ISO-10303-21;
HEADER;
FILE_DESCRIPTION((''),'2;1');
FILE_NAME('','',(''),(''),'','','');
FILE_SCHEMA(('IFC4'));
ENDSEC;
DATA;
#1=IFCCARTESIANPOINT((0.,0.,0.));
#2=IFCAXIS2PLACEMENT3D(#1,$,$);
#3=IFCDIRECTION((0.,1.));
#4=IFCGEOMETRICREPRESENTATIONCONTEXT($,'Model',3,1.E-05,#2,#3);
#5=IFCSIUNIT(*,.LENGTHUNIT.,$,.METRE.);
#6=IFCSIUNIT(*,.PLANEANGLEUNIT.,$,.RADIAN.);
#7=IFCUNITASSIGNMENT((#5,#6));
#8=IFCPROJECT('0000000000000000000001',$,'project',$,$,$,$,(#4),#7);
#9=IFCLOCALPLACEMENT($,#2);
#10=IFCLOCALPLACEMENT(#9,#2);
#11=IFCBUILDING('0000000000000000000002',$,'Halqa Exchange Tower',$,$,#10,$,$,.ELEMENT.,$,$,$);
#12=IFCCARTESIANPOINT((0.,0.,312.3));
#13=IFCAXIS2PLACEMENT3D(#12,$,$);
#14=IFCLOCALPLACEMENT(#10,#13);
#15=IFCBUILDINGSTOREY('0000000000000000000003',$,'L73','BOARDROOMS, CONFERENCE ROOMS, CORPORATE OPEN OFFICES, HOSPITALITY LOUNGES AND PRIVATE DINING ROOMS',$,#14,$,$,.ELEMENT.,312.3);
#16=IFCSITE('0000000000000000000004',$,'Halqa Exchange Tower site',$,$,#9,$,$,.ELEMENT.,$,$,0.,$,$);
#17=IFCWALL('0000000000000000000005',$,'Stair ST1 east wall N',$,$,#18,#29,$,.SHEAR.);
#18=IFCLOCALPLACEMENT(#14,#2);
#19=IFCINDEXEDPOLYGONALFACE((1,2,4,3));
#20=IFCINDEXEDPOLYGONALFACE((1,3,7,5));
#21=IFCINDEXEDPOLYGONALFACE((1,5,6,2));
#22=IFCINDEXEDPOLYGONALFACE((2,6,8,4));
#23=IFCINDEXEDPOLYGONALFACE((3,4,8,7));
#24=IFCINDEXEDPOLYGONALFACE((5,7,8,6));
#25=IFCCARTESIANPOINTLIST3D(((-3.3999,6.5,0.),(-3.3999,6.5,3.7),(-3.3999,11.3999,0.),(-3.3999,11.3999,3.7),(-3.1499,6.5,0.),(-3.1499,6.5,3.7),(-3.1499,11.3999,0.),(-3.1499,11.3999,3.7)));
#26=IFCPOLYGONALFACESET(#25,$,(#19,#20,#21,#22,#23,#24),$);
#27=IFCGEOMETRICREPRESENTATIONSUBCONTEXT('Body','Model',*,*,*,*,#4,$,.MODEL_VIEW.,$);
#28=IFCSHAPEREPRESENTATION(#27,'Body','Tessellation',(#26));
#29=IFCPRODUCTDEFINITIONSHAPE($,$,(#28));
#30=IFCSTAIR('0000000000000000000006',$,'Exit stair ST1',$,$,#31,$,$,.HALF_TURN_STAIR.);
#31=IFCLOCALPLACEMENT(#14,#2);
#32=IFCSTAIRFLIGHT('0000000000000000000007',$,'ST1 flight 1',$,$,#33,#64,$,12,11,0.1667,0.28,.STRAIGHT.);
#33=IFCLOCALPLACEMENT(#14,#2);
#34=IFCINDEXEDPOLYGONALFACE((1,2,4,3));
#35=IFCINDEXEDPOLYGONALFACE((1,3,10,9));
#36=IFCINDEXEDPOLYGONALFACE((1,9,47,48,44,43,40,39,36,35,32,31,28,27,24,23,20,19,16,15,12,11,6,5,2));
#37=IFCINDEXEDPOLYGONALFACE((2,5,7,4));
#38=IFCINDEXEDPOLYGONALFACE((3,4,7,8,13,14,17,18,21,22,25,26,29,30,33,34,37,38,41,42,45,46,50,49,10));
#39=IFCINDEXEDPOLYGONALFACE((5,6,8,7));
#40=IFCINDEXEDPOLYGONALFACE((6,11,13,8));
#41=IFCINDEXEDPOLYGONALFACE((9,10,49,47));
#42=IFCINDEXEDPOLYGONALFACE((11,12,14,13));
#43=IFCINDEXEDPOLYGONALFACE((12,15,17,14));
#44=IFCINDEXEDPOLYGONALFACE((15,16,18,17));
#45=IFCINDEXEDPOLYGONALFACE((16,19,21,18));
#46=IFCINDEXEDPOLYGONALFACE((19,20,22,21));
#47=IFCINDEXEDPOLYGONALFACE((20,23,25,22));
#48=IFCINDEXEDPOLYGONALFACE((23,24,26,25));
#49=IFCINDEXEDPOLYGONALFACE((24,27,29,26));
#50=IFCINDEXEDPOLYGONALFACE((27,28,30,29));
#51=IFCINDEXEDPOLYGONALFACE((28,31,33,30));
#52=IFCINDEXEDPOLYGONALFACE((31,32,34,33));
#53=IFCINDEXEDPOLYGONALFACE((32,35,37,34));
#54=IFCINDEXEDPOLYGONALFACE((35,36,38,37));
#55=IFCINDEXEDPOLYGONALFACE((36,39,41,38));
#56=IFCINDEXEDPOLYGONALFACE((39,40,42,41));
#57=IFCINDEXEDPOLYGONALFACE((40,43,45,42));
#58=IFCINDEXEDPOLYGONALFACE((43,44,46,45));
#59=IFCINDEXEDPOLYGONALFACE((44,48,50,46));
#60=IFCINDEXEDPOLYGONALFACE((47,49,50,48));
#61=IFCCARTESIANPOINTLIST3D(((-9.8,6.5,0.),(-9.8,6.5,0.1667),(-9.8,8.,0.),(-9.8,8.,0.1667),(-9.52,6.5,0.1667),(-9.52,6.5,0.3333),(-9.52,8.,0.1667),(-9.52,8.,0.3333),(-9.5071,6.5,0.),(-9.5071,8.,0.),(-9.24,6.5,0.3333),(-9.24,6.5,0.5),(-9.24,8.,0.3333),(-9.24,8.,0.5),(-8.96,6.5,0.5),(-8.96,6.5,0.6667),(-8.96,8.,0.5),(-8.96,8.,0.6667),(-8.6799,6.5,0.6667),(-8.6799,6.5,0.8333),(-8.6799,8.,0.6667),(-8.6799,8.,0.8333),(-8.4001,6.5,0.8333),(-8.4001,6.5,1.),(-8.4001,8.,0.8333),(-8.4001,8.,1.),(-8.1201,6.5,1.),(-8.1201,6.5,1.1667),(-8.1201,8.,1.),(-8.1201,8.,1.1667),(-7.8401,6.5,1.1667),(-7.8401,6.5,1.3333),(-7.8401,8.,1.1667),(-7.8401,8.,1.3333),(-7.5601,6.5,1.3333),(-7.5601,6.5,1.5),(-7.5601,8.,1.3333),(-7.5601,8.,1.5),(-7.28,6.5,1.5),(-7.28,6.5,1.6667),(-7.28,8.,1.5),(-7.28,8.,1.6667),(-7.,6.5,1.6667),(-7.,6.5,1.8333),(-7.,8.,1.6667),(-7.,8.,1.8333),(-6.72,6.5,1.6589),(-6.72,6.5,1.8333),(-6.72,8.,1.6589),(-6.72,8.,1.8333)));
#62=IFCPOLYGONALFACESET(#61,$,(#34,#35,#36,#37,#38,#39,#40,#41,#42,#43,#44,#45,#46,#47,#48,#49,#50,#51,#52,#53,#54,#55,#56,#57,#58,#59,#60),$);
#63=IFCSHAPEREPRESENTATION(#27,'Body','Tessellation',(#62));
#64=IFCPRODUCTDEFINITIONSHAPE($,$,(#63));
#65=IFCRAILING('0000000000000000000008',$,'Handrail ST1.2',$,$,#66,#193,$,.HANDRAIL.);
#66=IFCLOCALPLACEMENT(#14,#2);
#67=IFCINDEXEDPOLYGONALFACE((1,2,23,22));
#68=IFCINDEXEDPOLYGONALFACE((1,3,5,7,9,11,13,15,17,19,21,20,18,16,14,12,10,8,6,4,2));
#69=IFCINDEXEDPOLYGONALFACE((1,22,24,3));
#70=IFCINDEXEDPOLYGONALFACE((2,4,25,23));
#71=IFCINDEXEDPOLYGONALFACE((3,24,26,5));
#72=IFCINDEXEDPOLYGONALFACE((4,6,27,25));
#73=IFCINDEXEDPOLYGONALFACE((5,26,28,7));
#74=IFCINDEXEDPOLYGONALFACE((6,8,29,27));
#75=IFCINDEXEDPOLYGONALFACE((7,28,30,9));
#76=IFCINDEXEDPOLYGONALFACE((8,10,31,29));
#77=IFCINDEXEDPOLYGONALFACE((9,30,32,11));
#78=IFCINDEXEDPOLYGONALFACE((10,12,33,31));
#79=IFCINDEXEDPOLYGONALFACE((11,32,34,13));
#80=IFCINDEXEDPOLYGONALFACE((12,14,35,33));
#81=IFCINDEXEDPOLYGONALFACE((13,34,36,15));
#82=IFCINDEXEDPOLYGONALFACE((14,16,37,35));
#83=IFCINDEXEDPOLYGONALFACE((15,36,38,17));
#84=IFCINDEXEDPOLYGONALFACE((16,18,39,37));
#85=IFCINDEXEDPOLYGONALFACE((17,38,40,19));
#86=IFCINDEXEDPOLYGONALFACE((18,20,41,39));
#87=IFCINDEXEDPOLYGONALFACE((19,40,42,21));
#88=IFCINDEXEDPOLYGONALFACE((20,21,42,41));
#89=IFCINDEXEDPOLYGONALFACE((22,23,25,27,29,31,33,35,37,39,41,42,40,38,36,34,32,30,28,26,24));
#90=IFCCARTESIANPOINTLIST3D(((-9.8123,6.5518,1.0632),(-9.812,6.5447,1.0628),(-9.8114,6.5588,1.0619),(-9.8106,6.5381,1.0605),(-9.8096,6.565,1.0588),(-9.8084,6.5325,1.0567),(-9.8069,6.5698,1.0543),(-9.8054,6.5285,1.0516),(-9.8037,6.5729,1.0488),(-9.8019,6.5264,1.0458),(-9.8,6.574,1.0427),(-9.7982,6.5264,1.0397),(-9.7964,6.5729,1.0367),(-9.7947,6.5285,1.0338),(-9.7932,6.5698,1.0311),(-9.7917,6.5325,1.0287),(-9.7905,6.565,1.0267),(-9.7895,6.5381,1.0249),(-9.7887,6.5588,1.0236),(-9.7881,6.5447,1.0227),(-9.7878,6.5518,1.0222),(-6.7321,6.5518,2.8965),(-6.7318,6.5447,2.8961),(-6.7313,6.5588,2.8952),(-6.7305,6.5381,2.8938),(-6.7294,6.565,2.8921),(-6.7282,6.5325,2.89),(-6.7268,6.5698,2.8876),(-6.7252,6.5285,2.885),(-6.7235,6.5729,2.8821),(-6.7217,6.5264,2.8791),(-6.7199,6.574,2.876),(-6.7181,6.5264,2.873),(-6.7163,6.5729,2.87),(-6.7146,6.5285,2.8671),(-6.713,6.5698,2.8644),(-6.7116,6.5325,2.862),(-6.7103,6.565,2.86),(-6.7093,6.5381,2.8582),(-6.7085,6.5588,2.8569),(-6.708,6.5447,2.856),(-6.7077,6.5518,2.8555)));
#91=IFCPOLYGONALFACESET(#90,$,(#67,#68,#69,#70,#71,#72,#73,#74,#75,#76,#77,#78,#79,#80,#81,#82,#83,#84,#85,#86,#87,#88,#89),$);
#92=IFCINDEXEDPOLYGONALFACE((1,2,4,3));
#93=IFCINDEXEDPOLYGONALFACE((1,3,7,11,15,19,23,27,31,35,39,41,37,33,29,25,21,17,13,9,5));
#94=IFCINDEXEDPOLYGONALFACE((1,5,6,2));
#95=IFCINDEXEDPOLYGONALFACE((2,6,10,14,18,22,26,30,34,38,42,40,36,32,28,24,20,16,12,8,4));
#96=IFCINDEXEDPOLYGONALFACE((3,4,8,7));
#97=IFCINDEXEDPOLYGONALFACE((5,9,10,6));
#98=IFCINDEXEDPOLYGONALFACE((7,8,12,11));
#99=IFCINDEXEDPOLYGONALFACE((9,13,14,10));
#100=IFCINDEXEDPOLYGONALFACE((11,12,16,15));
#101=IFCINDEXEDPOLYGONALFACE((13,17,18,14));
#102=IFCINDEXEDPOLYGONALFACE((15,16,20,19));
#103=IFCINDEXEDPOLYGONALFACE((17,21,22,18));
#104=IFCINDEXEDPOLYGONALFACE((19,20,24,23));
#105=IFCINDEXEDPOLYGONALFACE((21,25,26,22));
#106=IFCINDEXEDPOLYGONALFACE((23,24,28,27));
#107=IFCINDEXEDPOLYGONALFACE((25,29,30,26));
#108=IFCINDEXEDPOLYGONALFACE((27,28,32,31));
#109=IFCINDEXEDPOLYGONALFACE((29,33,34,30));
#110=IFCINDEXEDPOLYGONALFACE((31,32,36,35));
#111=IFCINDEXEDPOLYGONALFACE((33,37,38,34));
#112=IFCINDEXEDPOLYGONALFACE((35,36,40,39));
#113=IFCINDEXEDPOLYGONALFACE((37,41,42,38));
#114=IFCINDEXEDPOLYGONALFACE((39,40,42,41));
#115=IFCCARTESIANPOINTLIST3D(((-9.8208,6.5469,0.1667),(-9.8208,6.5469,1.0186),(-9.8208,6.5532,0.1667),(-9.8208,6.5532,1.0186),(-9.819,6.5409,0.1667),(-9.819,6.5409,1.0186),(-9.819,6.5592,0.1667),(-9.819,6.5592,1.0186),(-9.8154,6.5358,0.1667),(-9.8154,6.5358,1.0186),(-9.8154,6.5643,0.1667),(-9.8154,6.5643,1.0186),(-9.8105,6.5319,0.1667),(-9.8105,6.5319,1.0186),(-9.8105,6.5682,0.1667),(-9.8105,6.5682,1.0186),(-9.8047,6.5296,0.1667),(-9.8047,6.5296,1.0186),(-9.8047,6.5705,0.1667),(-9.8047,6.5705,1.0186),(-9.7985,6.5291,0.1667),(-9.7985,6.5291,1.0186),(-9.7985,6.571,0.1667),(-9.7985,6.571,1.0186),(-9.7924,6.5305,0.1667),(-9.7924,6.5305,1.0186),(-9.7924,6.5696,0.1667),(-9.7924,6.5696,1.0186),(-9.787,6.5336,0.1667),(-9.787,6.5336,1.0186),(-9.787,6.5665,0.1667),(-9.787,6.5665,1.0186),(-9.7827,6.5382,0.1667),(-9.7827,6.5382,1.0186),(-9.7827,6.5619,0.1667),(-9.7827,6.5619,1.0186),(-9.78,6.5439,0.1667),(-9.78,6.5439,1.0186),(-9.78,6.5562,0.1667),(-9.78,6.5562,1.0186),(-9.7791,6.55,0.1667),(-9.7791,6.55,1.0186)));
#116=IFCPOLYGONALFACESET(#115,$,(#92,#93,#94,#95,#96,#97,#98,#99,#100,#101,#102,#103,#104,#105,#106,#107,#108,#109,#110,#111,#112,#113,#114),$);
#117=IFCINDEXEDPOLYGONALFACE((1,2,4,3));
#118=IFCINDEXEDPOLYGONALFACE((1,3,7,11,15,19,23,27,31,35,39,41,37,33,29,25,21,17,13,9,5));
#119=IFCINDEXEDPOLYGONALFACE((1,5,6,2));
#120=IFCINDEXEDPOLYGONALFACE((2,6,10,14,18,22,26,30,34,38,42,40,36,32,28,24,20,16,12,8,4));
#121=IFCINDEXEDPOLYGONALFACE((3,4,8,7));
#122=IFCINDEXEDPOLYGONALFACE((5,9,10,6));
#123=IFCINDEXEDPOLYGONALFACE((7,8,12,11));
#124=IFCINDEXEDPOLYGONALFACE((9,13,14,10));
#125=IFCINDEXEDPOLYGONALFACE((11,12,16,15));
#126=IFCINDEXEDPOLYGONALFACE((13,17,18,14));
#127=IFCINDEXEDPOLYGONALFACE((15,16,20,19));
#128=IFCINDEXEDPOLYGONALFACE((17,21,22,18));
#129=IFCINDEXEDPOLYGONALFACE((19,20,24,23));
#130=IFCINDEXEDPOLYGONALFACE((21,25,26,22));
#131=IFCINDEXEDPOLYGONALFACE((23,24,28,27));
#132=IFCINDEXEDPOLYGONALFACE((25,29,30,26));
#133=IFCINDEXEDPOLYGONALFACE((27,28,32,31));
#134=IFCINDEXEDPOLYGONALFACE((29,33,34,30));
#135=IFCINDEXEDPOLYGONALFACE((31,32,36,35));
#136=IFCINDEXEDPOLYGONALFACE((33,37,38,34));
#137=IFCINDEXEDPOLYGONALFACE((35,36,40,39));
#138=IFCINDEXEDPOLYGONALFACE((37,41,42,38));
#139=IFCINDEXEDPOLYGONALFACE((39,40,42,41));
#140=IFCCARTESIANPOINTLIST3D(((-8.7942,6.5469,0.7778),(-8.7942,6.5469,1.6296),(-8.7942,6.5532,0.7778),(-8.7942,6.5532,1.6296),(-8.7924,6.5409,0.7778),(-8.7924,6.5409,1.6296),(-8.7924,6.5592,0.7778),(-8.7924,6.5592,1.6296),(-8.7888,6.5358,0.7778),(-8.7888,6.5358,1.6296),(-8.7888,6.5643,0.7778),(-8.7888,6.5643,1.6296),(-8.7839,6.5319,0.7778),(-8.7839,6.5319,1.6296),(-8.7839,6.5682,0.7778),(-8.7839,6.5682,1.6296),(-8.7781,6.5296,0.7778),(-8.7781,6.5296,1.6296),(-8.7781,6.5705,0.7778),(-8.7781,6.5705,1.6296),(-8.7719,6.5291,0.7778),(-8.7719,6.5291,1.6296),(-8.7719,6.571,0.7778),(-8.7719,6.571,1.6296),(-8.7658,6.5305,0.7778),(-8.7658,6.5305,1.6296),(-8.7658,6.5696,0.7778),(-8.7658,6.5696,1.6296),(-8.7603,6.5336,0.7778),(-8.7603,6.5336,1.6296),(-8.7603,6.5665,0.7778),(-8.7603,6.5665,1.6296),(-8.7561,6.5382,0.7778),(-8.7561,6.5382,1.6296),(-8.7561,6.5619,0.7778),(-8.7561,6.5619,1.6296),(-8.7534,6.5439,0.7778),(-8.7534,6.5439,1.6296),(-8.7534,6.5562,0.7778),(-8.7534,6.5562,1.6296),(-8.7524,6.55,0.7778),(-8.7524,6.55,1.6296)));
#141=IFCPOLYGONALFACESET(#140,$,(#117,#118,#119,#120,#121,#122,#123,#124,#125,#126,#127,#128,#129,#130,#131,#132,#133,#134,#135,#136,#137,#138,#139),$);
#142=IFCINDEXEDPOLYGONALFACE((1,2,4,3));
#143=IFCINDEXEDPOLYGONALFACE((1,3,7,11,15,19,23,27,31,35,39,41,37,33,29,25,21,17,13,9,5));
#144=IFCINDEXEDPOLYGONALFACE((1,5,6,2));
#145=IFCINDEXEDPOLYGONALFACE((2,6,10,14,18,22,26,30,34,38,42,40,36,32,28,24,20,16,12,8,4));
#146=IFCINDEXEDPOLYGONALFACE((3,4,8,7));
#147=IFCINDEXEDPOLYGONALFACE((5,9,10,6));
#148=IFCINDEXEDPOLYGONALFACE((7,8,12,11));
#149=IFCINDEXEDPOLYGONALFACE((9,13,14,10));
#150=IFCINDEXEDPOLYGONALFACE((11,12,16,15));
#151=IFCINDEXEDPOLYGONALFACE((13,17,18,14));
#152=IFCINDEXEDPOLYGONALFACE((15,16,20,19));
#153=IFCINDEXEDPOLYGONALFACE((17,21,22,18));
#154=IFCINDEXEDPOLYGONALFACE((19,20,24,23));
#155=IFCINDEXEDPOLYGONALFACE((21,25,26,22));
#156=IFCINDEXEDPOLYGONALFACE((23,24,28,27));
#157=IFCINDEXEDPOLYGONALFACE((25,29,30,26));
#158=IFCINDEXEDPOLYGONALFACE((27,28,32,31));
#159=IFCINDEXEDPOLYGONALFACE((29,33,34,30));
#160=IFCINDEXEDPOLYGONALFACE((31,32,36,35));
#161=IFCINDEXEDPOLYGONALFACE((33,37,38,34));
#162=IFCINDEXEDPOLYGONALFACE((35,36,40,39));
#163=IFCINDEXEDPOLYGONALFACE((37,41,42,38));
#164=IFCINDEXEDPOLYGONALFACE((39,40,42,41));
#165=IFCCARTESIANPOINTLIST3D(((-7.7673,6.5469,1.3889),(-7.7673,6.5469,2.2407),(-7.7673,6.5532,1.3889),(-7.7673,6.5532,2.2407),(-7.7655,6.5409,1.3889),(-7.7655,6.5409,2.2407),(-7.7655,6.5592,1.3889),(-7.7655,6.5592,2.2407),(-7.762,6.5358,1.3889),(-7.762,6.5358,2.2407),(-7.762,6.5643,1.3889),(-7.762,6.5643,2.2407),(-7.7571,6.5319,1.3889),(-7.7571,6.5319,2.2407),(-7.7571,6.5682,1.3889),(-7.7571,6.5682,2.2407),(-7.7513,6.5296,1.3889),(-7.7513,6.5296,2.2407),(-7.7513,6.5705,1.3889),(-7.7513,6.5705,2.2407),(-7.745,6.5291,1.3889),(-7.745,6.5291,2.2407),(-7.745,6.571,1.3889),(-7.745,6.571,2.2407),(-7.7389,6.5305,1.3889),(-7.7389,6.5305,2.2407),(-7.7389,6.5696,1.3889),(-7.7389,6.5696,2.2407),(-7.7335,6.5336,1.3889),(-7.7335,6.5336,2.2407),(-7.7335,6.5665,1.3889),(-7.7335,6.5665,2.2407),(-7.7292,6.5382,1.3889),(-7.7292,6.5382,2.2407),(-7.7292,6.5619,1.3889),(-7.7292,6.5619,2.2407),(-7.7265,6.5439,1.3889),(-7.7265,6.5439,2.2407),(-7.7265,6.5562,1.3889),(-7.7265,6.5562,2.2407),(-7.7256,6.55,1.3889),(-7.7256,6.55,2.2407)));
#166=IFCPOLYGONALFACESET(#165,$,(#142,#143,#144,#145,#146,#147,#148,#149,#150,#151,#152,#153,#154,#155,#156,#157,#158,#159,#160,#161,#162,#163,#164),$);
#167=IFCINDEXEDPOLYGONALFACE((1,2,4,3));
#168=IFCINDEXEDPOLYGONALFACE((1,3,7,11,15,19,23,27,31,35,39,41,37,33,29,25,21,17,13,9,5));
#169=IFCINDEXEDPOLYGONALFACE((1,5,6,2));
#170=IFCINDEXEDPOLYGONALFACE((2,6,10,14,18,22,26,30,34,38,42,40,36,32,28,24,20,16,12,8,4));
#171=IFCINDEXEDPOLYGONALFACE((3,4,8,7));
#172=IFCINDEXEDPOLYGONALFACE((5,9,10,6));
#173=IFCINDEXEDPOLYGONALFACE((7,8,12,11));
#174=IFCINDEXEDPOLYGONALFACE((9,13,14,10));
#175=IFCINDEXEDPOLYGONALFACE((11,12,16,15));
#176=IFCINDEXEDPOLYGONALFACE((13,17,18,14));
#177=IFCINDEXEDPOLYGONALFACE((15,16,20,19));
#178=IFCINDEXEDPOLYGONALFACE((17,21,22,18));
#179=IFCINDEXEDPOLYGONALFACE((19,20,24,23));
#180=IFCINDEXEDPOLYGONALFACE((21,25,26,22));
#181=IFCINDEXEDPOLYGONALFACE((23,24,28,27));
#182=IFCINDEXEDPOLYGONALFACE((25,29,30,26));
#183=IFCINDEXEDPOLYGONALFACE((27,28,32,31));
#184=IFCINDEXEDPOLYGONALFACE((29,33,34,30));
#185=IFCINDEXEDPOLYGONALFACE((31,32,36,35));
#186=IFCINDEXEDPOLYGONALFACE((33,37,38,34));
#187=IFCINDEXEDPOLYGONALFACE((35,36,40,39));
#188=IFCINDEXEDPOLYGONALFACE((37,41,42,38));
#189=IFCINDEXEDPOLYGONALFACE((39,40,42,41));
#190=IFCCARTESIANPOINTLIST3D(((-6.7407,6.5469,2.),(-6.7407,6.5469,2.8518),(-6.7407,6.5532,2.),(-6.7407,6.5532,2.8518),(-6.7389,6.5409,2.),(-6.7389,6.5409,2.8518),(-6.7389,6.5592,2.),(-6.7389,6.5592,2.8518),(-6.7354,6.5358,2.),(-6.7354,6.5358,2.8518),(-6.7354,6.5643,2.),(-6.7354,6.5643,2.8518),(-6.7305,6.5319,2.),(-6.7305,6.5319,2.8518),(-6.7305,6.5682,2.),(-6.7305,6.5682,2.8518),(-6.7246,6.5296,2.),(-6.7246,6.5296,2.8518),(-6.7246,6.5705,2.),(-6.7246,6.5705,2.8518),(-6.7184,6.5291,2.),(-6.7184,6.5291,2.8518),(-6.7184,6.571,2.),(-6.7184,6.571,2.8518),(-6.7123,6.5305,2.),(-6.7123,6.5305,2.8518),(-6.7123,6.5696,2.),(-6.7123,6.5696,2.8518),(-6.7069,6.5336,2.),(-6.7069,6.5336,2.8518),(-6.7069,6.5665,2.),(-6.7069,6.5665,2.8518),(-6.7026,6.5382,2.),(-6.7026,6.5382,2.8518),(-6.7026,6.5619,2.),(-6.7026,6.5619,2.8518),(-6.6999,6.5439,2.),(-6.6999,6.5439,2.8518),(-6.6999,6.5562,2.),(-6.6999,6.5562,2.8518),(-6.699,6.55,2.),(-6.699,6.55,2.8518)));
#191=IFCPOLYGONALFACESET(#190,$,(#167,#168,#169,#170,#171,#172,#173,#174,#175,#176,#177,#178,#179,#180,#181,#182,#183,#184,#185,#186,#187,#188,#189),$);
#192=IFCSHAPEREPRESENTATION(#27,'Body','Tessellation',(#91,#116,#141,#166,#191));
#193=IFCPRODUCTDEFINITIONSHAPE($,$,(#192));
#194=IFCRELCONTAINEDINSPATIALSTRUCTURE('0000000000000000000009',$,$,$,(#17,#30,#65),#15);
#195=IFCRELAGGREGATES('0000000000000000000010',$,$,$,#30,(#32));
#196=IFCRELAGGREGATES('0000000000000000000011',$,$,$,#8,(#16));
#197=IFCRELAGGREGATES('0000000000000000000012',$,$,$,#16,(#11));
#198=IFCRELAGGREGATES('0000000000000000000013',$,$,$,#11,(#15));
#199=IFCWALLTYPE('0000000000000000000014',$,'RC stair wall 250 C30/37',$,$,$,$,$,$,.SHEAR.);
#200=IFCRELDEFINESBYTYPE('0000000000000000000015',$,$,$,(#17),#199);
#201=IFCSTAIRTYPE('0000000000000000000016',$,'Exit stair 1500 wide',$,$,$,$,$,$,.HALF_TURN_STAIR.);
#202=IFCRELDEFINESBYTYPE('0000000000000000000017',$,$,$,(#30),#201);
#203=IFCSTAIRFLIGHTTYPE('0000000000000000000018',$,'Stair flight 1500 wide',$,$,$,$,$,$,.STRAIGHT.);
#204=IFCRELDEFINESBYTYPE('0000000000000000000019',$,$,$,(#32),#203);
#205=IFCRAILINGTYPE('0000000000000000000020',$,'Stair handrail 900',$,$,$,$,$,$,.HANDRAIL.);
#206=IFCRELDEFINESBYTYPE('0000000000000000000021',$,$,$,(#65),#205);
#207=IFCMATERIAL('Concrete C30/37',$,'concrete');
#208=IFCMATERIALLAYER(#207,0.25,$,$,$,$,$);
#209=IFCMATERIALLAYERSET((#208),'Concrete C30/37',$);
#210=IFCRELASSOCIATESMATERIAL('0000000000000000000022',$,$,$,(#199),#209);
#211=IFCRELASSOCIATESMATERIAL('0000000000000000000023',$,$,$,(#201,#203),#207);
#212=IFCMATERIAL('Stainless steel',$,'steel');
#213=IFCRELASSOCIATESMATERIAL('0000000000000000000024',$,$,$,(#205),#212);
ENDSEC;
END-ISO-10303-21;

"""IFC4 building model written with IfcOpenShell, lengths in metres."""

from ifc_helpers import new_model, si_unit, direction, frame, frame_2d, origin, origin_2d, place, context, subcontext, project, spatial, polyline, rectangle, circle, outline, extrude, material, layer, layer_set, type_object, element, aggregate, save


model = new_model("IFC4")

# Units and contexts
model_context = context("Model", 3, precision=1e-05, world=origin(), true_north=direction((0.0, 1.0)))
body_context = subcontext(model_context, "Body", "Model", "MODEL_VIEW")
ifc_project = project(units=[si_unit("LENGTHUNIT", "METRE"), si_unit("PLANEANGLEUNIT", "RADIAN")], contexts=[model_context])

# Site, building, storey
site_placement = place(None, origin())
site = spatial("IfcSite", under=ifc_project, at=site_placement, Name="Halqa Exchange Tower site", CompositionType="ELEMENT", RefElevation=0.0)
building_placement = place(site_placement, origin())
building = spatial("IfcBuilding", under=site, at=building_placement, Name="Halqa Exchange Tower", CompositionType="ELEMENT")
storey_placement = place(building_placement, frame((0.0, 0.0, 312.3)))
storey = spatial("IfcBuildingStorey", under=building, at=storey_placement, Name="L73", Description="BOARDROOMS, CONFERENCE ROOMS, CORPORATE OPEN OFFICES, HOSPITALITY LOUNGES AND PRIVATE DINING ROOMS", CompositionType="ELEMENT", Elevation=312.3)

# Shared definitions
ifc_material_1 = material(Name="Stainless steel", Category="steel")

# Wall
ifc_material_2 = material(Name="Concrete C30/37", Category="concrete")
ifc_layer_1 = layer(ifc_material_2, 0.25)
ifc_layer_set_1 = layer_set([ifc_layer_1], Name="Concrete C30/37")
wall_type_1 = type_object("IfcWallType", Name="RC stair wall 250 C30/37", PredefinedType="SHEAR", material=ifc_layer_set_1)
wall_1_placement = place(storey_placement, frame((-3.2749, 6.5, 0.0), z_axis=(0.0, 0.0, 1.0), x_axis=(0.0, 1.0, 0.0)))
element("IfcWall", 1, at=wall_1_placement, inside=storey, type_object=wall_type_1, Name="Stair ST1 east wall N", PredefinedType="SHEAR", context=body_context, shape_type="SweptSolid", body=[
    extrude(rectangle(XDim=4.8999, YDim=0.25, at=frame_2d((2.45, 0.0))), origin(), (0.0, 0.0, 1.0), 3.7),
])

# Stair, stair flight
stair_type = type_object("IfcStairType", Name="Exit stair 1500 wide", PredefinedType="HALF_TURN_STAIR", material=ifc_material_2)
stair_placement = place(storey_placement, origin())
stair = element("IfcStair", 2, at=stair_placement, inside=storey, type_object=stair_type, Name="Exit stair ST1", PredefinedType="HALF_TURN_STAIR")
stair_flight_type = type_object("IfcStairFlightType", Name="Stair flight 1500 wide", PredefinedType="STRAIGHT", material=ifc_material_2)
stair_flight_placement = place(storey_placement, frame((-9.8, 7.25, 0.0), z_axis=(0.0, 0.0, 1.0), x_axis=(1.0, 0.0, 0.0)))
stair_flight = element("IfcStairFlight", 3, at=stair_flight_placement, type_object=stair_flight_type, Name="ST1 flight 1", NumberOfRisers=12, NumberOfTreads=11, PredefinedType="STRAIGHT", RiserHeight=0.1667, TreadLength=0.28, context=body_context, shape_type="SweptSolid", body=[
    extrude(outline(polyline([(0.0, 0.0), (0.0, 0.1667), (0.28, 0.1667), (0.28, 0.3333), (0.5601, 0.3333), (0.5601, 0.5), (0.8401, 0.5), (0.8401, 0.6667), (1.1201, 0.6667), (1.1201, 0.8333), (1.3999, 0.8333), (1.3999, 1.0), (1.6799, 1.0), (1.6799, 1.1667), (1.96, 1.1667), (1.96, 1.3333), (2.24, 1.3333), (2.24, 1.5), (2.52, 1.5), (2.52, 1.6667), (2.8, 1.6667), (2.8, 1.8333), (3.0801, 1.8333), (3.0801, 2.0), (3.0801, 1.6589), (0.293, 0.0), (0.0, 0.0)])), frame((0.0, 0.75, 0.0), z_axis=(0.0, -1.0, 0.0), x_axis=(1.0, 0.0, 0.0)), (0.0, 0.0, 1.0), 1.5),
])
aggregate(stair, [stair_flight])

# Railing
railing_type_1 = type_object("IfcRailingType", Name="Stair handrail 900", PredefinedType="HANDRAIL", material=ifc_material_1)
railing_1_placement = place(storey_placement, frame((-9.8, 6.55, 0.1667)))
element("IfcRailing", 4, at=railing_1_placement, inside=storey, type_object=railing_type_1, Name="Handrail ST1.2", PredefinedType="HANDRAIL", context=body_context, shape_type="SweptSolid", body=[
    extrude(circle(Radius=0.0239, at=origin_2d()), frame((0.0, 0.0, 0.876), z_axis=(0.859309, 0.0, 0.511458), x_axis=(0.0, 1.0, 0.0)), (0.0, 0.0, 1.0), 3.5845),
    extrude(circle(Radius=0.021, at=origin_2d()), origin(), (0.0, 0.0, 1.0), 0.8518),
    extrude(circle(Radius=0.021, at=origin_2d()), frame((1.0266, 0.0, 0.6111)), (0.0, 0.0, 1.0), 0.8518),
    extrude(circle(Radius=0.021, at=origin_2d()), frame((2.0535, 0.0, 1.2222)), (0.0, 0.0, 1.0), 0.8518),
    extrude(circle(Radius=0.021, at=origin_2d()), frame((3.0801, 0.0, 1.8333)), (0.0, 0.0, 1.0), 0.8518),
])

save(model, "model.ifc")
